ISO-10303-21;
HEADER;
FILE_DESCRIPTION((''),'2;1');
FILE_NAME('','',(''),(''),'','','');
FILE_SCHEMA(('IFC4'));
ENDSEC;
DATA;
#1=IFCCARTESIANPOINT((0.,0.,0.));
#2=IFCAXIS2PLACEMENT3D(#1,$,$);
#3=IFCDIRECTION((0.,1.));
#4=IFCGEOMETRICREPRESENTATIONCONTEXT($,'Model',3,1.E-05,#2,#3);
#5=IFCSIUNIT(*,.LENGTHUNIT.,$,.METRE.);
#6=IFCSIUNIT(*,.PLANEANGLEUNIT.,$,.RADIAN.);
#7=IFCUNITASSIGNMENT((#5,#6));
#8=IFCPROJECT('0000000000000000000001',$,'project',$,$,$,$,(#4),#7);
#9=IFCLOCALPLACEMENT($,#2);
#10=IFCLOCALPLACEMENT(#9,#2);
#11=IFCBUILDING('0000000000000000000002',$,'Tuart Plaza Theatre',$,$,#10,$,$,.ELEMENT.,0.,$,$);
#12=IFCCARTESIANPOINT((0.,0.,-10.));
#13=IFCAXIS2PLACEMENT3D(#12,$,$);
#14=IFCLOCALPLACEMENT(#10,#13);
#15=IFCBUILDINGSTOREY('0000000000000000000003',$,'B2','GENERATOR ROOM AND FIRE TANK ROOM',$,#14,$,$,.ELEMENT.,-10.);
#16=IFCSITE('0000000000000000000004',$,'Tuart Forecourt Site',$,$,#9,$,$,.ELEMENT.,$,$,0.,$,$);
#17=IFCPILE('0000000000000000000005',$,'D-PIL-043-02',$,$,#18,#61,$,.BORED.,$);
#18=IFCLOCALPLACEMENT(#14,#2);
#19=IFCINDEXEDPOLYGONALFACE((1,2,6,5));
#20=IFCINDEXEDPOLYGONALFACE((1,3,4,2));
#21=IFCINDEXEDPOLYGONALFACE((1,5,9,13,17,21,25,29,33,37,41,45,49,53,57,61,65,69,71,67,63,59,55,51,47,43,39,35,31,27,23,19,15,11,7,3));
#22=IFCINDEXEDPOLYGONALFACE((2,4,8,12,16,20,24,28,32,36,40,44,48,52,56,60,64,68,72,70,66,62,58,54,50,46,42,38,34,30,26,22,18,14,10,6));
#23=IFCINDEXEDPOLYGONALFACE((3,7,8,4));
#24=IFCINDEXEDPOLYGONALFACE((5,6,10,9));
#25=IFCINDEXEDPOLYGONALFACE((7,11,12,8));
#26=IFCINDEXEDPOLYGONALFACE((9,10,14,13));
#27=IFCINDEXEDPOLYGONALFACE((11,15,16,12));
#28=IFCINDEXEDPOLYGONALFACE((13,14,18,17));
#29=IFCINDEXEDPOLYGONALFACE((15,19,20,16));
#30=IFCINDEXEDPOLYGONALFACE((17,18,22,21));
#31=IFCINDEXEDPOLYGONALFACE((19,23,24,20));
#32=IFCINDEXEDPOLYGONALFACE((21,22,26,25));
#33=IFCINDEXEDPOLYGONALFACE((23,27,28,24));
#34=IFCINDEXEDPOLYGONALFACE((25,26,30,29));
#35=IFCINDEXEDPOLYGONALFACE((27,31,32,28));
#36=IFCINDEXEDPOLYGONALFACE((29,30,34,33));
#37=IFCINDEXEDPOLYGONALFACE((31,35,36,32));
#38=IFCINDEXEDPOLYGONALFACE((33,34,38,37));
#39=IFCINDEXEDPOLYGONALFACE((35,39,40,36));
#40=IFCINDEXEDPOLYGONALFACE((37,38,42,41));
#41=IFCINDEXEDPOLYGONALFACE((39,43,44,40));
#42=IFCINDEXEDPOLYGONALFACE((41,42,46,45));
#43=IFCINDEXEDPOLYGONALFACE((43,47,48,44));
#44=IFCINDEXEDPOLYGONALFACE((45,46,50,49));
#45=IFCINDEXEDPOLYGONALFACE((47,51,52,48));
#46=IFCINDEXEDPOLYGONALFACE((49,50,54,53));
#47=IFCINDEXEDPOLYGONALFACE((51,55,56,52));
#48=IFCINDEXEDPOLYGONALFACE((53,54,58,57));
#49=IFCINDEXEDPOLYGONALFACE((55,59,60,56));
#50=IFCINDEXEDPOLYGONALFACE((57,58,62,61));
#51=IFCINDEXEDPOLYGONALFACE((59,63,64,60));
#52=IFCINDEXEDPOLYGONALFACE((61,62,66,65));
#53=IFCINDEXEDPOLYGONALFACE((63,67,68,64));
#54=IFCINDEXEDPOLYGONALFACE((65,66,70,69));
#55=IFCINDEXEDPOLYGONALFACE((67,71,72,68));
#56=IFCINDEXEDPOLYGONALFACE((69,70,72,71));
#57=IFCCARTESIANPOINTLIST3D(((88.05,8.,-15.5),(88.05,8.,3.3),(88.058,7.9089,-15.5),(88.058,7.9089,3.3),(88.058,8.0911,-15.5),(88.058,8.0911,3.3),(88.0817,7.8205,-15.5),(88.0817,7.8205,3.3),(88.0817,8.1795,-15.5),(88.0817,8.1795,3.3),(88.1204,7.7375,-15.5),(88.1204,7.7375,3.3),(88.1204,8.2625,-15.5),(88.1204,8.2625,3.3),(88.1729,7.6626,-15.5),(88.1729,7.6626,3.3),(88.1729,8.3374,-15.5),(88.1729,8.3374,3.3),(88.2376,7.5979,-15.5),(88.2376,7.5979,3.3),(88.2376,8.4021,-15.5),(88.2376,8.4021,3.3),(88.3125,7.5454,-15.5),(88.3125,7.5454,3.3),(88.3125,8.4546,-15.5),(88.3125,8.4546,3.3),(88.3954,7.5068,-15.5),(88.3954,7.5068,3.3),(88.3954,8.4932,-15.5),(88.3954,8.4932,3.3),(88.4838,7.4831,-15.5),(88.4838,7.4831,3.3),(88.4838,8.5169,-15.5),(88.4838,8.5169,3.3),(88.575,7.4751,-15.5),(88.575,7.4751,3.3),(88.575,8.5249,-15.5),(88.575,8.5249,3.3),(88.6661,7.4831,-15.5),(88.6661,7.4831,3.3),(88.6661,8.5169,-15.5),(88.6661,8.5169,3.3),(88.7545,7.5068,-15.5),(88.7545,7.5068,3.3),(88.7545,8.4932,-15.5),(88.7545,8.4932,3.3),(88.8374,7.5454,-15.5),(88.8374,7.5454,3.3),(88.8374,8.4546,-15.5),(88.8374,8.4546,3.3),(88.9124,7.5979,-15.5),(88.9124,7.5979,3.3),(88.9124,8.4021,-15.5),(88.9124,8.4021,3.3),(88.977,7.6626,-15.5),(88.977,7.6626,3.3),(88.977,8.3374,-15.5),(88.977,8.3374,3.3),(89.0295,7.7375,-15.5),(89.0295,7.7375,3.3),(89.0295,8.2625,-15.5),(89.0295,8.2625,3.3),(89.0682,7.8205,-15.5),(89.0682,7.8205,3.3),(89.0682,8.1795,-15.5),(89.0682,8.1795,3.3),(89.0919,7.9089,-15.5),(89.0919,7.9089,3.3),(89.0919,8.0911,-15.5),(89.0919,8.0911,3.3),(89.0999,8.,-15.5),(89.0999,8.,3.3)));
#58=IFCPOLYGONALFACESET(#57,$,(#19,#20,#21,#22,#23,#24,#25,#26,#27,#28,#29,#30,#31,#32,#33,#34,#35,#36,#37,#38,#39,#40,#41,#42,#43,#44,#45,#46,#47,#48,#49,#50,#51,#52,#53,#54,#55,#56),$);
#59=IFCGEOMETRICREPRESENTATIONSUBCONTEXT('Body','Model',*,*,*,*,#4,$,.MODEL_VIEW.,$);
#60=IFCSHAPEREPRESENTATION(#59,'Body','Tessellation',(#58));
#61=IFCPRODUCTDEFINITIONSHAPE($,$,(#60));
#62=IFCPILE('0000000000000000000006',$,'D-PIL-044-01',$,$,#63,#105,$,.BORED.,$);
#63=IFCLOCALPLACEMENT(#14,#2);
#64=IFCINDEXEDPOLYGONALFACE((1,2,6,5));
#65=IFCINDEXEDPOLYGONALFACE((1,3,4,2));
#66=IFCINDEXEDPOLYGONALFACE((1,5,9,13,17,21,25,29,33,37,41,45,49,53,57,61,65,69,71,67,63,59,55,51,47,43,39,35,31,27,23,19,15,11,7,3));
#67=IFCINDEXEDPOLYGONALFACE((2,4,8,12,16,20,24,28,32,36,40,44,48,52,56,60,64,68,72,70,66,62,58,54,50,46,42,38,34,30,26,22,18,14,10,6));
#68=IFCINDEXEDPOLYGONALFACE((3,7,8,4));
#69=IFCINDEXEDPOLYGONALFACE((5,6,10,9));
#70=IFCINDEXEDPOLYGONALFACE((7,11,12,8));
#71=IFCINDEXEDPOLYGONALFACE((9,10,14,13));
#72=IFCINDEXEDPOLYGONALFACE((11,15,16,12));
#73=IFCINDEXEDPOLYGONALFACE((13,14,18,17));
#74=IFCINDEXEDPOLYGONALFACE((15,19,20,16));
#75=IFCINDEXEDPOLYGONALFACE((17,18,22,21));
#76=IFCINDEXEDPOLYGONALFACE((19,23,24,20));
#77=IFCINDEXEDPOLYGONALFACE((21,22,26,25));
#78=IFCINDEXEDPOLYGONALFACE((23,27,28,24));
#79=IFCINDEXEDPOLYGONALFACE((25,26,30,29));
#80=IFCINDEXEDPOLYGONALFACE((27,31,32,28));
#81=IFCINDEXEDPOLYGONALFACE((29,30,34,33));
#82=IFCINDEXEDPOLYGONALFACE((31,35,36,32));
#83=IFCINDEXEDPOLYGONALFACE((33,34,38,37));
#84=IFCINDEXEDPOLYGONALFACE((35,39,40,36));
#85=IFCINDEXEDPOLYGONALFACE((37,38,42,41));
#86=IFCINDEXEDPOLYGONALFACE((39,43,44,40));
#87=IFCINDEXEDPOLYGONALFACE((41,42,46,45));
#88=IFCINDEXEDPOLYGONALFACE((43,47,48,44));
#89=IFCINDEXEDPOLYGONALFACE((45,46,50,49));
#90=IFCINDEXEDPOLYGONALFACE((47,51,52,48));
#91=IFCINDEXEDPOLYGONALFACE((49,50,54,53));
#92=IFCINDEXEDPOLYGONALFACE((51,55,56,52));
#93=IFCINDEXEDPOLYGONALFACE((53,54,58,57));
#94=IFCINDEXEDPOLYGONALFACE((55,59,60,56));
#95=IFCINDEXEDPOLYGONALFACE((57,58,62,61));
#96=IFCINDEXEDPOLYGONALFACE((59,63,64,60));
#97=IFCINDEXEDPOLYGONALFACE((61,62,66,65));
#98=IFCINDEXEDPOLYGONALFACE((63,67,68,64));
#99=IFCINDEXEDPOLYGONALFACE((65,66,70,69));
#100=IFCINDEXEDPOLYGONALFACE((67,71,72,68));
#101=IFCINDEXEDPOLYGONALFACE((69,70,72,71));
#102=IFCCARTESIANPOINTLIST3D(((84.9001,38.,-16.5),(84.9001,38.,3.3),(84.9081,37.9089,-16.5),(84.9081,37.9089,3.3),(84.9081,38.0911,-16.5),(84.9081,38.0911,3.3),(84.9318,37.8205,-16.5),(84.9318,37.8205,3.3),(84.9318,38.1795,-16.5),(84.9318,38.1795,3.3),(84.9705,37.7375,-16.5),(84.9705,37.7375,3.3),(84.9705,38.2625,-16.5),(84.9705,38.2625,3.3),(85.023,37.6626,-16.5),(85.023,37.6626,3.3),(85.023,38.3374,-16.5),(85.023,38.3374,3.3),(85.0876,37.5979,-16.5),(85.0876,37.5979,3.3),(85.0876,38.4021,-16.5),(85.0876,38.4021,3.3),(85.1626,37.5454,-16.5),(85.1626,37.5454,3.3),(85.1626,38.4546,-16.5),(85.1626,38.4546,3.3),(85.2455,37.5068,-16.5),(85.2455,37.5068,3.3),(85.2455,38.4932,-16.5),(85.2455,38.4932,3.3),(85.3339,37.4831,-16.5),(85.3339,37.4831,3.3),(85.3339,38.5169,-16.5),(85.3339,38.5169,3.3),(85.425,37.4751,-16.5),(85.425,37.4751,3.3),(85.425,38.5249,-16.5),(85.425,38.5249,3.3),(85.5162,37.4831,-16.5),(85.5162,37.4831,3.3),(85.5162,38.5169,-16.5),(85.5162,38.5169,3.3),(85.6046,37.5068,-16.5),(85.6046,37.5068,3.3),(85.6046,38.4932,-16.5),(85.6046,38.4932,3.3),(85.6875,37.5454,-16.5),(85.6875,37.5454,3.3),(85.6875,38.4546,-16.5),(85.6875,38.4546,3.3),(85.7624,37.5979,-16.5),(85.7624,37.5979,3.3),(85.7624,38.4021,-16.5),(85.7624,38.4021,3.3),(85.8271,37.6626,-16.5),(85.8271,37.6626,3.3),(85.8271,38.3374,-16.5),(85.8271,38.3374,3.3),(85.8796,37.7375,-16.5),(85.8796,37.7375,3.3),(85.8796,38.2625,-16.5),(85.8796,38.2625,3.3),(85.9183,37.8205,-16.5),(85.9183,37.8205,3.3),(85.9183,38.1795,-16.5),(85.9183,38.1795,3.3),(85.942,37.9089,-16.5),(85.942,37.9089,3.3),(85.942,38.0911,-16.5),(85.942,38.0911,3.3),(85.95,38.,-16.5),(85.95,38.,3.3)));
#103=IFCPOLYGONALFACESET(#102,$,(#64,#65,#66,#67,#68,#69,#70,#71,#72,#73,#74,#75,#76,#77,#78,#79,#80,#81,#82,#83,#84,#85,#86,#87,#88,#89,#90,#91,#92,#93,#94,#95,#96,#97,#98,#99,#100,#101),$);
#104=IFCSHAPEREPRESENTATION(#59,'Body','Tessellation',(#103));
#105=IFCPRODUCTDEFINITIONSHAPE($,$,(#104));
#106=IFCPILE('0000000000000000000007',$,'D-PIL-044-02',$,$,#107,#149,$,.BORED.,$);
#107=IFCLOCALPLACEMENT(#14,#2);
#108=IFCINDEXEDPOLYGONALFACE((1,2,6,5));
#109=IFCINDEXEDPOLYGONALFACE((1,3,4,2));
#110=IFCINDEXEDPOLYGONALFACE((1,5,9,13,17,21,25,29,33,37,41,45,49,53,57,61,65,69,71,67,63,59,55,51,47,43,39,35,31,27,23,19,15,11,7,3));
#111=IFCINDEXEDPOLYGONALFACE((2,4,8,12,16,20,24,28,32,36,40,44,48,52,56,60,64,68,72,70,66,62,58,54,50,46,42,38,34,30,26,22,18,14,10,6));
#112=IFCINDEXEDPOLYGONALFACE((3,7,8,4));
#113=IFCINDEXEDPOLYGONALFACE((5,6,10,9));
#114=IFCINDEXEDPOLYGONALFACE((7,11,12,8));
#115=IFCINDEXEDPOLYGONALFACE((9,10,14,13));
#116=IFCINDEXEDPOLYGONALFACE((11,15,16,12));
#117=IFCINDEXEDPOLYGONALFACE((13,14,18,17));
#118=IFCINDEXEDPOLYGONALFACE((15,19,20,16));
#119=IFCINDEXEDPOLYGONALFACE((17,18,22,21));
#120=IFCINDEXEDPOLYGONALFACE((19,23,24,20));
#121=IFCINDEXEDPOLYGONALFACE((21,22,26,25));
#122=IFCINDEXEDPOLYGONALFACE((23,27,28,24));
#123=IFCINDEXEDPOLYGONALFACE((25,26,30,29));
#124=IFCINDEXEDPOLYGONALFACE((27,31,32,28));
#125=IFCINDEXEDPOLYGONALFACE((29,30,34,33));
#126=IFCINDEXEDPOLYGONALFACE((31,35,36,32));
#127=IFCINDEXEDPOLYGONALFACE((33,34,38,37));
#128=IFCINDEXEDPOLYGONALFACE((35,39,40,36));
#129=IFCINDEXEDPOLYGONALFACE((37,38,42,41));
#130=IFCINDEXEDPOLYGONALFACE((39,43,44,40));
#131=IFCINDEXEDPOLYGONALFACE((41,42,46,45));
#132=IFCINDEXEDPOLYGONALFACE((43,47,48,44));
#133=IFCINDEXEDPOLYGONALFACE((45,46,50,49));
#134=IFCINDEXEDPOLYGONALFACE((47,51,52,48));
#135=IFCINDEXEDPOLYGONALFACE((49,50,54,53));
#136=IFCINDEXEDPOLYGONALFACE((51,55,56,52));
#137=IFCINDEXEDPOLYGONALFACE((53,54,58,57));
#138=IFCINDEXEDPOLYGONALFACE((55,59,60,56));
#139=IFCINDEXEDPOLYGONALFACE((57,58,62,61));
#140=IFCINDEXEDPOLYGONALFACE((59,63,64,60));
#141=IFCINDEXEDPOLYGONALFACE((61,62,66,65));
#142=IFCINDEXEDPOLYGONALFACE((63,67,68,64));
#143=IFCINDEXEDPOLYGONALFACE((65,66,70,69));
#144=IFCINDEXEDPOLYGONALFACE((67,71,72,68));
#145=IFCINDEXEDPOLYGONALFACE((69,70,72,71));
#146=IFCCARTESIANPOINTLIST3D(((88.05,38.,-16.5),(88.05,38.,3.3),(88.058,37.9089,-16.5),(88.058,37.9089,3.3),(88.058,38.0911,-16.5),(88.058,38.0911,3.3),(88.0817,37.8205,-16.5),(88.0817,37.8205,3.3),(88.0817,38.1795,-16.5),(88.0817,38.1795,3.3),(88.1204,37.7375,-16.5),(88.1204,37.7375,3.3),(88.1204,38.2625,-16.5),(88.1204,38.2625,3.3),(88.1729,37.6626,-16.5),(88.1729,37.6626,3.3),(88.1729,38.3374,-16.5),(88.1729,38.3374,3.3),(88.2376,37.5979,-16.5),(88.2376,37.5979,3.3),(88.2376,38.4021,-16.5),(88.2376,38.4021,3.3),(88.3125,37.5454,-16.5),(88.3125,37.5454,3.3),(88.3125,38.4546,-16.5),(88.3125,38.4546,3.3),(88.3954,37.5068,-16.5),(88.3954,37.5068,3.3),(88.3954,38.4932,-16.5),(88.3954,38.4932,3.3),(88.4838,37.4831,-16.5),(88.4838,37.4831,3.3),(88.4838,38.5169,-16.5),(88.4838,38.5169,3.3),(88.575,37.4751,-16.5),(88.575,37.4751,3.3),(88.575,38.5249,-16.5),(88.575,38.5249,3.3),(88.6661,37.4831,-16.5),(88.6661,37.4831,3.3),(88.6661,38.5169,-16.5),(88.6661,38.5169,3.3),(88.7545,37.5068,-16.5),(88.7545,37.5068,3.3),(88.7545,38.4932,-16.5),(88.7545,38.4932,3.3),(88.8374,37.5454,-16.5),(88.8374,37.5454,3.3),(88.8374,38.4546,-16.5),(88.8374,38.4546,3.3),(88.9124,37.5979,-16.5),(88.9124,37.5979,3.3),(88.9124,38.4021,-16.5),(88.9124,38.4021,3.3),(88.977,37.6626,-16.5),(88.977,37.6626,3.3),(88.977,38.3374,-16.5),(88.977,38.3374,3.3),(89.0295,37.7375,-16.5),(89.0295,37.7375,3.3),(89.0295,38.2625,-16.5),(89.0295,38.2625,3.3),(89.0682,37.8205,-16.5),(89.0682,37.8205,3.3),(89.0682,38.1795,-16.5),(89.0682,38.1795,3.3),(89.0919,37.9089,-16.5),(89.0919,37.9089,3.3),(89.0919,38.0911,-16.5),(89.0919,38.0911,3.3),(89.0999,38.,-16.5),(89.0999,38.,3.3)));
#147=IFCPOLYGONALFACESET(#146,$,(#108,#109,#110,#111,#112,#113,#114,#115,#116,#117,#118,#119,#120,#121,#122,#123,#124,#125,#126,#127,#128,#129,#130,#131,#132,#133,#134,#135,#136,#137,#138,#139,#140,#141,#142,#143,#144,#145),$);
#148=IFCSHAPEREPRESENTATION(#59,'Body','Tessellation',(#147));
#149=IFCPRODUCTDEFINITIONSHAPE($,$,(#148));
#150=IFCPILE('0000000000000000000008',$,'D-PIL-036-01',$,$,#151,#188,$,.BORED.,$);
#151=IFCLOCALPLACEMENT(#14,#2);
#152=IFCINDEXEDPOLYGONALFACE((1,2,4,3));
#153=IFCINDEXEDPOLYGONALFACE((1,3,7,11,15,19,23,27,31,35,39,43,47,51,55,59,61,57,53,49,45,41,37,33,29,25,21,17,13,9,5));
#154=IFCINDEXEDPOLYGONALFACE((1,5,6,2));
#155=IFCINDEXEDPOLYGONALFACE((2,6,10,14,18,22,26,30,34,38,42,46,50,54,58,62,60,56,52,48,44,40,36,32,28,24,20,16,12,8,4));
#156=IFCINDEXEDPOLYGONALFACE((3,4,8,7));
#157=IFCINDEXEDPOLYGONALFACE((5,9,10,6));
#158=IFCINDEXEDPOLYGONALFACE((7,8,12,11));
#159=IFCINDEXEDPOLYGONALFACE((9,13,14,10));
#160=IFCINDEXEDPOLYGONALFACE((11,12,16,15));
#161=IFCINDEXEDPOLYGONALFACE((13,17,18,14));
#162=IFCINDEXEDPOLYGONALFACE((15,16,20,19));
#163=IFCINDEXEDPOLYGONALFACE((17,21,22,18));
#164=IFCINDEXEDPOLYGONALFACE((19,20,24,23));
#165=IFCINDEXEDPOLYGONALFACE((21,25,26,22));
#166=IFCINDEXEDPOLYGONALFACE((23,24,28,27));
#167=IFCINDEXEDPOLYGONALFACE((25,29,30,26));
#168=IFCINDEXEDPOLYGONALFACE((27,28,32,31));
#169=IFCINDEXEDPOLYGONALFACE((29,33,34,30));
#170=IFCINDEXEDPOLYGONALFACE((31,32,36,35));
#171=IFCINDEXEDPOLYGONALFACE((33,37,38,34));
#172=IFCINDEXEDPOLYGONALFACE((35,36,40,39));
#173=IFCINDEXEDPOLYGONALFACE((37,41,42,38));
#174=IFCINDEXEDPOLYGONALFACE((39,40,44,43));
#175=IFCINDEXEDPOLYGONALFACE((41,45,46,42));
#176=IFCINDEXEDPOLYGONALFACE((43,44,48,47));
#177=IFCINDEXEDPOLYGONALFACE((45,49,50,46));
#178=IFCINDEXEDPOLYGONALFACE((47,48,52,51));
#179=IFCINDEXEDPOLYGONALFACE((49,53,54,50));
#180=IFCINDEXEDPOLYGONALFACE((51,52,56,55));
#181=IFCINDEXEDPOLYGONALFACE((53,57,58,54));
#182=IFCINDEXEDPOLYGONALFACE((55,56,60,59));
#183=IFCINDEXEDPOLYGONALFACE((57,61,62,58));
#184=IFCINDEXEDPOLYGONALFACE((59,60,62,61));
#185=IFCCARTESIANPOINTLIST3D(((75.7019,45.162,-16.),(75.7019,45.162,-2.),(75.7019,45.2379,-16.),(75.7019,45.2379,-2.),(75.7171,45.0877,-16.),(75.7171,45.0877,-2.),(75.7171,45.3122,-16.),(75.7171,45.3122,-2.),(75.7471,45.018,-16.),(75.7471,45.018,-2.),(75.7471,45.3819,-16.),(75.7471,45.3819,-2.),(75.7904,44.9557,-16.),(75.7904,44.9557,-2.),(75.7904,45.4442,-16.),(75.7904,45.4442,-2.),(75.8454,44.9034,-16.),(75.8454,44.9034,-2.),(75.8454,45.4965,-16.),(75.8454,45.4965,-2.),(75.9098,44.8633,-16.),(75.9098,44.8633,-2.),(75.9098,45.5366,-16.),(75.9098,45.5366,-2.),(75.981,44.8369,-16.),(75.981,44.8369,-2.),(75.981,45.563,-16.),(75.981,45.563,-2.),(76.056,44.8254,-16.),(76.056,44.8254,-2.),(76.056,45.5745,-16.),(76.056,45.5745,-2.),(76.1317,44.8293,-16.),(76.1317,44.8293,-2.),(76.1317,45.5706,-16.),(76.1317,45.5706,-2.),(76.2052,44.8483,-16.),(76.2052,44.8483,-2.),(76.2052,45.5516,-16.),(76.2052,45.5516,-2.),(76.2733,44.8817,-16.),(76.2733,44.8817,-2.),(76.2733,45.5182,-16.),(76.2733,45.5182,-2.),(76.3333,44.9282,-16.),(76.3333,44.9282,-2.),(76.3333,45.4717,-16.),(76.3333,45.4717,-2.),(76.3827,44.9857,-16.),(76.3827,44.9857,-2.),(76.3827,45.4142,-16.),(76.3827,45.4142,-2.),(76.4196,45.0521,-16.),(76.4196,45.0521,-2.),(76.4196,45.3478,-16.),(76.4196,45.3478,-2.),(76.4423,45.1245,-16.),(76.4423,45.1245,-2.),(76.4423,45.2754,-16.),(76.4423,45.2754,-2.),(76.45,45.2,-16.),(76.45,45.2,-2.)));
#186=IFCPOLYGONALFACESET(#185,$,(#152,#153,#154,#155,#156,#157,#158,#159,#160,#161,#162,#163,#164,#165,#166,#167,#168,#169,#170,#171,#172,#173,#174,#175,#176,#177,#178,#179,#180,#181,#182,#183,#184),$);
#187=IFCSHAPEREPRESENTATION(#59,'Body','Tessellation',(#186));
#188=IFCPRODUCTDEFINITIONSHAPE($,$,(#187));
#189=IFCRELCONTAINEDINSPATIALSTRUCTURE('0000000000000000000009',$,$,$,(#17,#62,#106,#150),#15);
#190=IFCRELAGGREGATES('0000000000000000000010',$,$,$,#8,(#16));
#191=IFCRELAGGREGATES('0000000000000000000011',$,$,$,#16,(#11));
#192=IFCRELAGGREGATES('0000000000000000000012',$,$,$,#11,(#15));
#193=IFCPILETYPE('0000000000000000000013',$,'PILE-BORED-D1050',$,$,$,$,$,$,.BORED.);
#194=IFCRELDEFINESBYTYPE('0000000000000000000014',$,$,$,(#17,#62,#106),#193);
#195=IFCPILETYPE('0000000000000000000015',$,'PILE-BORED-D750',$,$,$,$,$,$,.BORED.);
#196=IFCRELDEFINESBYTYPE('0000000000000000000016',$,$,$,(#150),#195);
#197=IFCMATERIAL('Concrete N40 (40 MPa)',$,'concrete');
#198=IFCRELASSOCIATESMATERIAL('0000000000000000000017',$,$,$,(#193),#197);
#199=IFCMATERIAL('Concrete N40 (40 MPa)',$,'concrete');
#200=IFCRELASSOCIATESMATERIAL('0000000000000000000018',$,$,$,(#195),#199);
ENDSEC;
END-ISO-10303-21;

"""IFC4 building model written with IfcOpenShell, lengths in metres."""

from ifc_helpers import new_model, si_unit, direction, frame, origin, origin_2d, place, context, subcontext, project, spatial, circle, extrude, material, material_profile, profile_set, type_object, element, save


model = new_model("IFC4")

# Units and contexts
model_context = context("Model", 3, precision=1e-05, world=origin(), true_north=direction((0.0, 1.0)))
body_context = subcontext(model_context, "Body", "Model", "MODEL_VIEW")
ifc_project = project(units=[si_unit("LENGTHUNIT", "METRE"), si_unit("PLANEANGLEUNIT", "RADIAN")], contexts=[model_context])

# Site, building, storey
site_placement = place(None, origin())
site = spatial("IfcSite", under=ifc_project, at=site_placement, Name="Tuart Forecourt Site", CompositionType="ELEMENT", RefElevation=0.0)
building_placement = place(site_placement, origin())
building = spatial("IfcBuilding", under=site, at=building_placement, Name="Tuart Plaza Theatre", CompositionType="ELEMENT", ElevationOfRefHeight=0.0)
storey_placement = place(building_placement, frame((0.0, 0.0, -10.0)))
storey = spatial("IfcBuildingStorey", under=building, at=storey_placement, Name="B2", Description="GENERATOR ROOM AND FIRE TANK ROOM", CompositionType="ELEMENT", Elevation=-10.0)

# Piles
ifc_material_1 = material(Name="Concrete N40 (40 MPa)", Category="concrete")
ifc_material_profile_1 = material_profile(ifc_material_1, circle(Radius=0.5249, at=origin_2d()), Name="PILE-BORED-D1050")
ifc_profile_set_1 = profile_set([ifc_material_profile_1], Name="Concrete N40 (40 MPa)")
pile_type_1 = type_object("IfcPileType", Name="PILE-BORED-D1050", PredefinedType="BORED", material=ifc_profile_set_1)
for number, where, z_axis, x_axis, name in (
    (1, (88.575, 8.0, 3.3), (0.0, 0.0, -1.0), (1.0, 0.0, 0.0), "D-PIL-043-02"),
):
    element("IfcPile", number, at=place(storey_placement, frame(where, z_axis=z_axis, x_axis=x_axis)), inside=storey, type_object=pile_type_1, Name=name, PredefinedType="BORED", context=body_context, shape_type="SweptSolid", body=[
        extrude(circle(Radius=0.5249, at=origin_2d()), origin(), (0.0, 0.0, 1.0), 18.8),
    ])
for number, where, z_axis, x_axis, name in (
    (2, (85.425, 38.0, 3.3), (0.0, 0.0, -1.0), (1.0, 0.0, 0.0), "D-PIL-044-01"),
    (3, (88.575, 38.0, 3.3), (0.0, 0.0, -1.0), (1.0, 0.0, 0.0), "D-PIL-044-02"),
):
    element("IfcPile", number, at=place(storey_placement, frame(where, z_axis=z_axis, x_axis=x_axis)), inside=storey, type_object=pile_type_1, Name=name, PredefinedType="BORED", context=body_context, shape_type="SweptSolid", body=[
        extrude(circle(Radius=0.5249, at=origin_2d()), origin(), (0.0, 0.0, 1.0), 19.8),
    ])
ifc_material_2 = material(Name="Concrete N40 (40 MPa)", Category="concrete")
ifc_material_profile_2 = material_profile(ifc_material_2, circle(Radius=0.375, at=origin_2d()), Name="PILE-BORED-D750")
ifc_profile_set_2 = profile_set([ifc_material_profile_2], Name="Concrete N40 (40 MPa)")
pile_type_2 = type_object("IfcPileType", Name="PILE-BORED-D750", PredefinedType="BORED", material=ifc_profile_set_2)
for number, where, z_axis, x_axis, name in (
    (4, (76.075, 45.2, -2.0), (0.0, 0.0, -1.0), (1.0, 0.0, 0.0), "D-PIL-036-01"),
):
    element("IfcPile", number, at=place(storey_placement, frame(where, z_axis=z_axis, x_axis=x_axis)), inside=storey, type_object=pile_type_2, Name=name, PredefinedType="BORED", context=body_context, shape_type="SweptSolid", body=[
        extrude(circle(Radius=0.375, at=origin_2d()), origin(), (0.0, 0.0, 1.0), 14.0),
    ])

save(model, "model.ifc")
